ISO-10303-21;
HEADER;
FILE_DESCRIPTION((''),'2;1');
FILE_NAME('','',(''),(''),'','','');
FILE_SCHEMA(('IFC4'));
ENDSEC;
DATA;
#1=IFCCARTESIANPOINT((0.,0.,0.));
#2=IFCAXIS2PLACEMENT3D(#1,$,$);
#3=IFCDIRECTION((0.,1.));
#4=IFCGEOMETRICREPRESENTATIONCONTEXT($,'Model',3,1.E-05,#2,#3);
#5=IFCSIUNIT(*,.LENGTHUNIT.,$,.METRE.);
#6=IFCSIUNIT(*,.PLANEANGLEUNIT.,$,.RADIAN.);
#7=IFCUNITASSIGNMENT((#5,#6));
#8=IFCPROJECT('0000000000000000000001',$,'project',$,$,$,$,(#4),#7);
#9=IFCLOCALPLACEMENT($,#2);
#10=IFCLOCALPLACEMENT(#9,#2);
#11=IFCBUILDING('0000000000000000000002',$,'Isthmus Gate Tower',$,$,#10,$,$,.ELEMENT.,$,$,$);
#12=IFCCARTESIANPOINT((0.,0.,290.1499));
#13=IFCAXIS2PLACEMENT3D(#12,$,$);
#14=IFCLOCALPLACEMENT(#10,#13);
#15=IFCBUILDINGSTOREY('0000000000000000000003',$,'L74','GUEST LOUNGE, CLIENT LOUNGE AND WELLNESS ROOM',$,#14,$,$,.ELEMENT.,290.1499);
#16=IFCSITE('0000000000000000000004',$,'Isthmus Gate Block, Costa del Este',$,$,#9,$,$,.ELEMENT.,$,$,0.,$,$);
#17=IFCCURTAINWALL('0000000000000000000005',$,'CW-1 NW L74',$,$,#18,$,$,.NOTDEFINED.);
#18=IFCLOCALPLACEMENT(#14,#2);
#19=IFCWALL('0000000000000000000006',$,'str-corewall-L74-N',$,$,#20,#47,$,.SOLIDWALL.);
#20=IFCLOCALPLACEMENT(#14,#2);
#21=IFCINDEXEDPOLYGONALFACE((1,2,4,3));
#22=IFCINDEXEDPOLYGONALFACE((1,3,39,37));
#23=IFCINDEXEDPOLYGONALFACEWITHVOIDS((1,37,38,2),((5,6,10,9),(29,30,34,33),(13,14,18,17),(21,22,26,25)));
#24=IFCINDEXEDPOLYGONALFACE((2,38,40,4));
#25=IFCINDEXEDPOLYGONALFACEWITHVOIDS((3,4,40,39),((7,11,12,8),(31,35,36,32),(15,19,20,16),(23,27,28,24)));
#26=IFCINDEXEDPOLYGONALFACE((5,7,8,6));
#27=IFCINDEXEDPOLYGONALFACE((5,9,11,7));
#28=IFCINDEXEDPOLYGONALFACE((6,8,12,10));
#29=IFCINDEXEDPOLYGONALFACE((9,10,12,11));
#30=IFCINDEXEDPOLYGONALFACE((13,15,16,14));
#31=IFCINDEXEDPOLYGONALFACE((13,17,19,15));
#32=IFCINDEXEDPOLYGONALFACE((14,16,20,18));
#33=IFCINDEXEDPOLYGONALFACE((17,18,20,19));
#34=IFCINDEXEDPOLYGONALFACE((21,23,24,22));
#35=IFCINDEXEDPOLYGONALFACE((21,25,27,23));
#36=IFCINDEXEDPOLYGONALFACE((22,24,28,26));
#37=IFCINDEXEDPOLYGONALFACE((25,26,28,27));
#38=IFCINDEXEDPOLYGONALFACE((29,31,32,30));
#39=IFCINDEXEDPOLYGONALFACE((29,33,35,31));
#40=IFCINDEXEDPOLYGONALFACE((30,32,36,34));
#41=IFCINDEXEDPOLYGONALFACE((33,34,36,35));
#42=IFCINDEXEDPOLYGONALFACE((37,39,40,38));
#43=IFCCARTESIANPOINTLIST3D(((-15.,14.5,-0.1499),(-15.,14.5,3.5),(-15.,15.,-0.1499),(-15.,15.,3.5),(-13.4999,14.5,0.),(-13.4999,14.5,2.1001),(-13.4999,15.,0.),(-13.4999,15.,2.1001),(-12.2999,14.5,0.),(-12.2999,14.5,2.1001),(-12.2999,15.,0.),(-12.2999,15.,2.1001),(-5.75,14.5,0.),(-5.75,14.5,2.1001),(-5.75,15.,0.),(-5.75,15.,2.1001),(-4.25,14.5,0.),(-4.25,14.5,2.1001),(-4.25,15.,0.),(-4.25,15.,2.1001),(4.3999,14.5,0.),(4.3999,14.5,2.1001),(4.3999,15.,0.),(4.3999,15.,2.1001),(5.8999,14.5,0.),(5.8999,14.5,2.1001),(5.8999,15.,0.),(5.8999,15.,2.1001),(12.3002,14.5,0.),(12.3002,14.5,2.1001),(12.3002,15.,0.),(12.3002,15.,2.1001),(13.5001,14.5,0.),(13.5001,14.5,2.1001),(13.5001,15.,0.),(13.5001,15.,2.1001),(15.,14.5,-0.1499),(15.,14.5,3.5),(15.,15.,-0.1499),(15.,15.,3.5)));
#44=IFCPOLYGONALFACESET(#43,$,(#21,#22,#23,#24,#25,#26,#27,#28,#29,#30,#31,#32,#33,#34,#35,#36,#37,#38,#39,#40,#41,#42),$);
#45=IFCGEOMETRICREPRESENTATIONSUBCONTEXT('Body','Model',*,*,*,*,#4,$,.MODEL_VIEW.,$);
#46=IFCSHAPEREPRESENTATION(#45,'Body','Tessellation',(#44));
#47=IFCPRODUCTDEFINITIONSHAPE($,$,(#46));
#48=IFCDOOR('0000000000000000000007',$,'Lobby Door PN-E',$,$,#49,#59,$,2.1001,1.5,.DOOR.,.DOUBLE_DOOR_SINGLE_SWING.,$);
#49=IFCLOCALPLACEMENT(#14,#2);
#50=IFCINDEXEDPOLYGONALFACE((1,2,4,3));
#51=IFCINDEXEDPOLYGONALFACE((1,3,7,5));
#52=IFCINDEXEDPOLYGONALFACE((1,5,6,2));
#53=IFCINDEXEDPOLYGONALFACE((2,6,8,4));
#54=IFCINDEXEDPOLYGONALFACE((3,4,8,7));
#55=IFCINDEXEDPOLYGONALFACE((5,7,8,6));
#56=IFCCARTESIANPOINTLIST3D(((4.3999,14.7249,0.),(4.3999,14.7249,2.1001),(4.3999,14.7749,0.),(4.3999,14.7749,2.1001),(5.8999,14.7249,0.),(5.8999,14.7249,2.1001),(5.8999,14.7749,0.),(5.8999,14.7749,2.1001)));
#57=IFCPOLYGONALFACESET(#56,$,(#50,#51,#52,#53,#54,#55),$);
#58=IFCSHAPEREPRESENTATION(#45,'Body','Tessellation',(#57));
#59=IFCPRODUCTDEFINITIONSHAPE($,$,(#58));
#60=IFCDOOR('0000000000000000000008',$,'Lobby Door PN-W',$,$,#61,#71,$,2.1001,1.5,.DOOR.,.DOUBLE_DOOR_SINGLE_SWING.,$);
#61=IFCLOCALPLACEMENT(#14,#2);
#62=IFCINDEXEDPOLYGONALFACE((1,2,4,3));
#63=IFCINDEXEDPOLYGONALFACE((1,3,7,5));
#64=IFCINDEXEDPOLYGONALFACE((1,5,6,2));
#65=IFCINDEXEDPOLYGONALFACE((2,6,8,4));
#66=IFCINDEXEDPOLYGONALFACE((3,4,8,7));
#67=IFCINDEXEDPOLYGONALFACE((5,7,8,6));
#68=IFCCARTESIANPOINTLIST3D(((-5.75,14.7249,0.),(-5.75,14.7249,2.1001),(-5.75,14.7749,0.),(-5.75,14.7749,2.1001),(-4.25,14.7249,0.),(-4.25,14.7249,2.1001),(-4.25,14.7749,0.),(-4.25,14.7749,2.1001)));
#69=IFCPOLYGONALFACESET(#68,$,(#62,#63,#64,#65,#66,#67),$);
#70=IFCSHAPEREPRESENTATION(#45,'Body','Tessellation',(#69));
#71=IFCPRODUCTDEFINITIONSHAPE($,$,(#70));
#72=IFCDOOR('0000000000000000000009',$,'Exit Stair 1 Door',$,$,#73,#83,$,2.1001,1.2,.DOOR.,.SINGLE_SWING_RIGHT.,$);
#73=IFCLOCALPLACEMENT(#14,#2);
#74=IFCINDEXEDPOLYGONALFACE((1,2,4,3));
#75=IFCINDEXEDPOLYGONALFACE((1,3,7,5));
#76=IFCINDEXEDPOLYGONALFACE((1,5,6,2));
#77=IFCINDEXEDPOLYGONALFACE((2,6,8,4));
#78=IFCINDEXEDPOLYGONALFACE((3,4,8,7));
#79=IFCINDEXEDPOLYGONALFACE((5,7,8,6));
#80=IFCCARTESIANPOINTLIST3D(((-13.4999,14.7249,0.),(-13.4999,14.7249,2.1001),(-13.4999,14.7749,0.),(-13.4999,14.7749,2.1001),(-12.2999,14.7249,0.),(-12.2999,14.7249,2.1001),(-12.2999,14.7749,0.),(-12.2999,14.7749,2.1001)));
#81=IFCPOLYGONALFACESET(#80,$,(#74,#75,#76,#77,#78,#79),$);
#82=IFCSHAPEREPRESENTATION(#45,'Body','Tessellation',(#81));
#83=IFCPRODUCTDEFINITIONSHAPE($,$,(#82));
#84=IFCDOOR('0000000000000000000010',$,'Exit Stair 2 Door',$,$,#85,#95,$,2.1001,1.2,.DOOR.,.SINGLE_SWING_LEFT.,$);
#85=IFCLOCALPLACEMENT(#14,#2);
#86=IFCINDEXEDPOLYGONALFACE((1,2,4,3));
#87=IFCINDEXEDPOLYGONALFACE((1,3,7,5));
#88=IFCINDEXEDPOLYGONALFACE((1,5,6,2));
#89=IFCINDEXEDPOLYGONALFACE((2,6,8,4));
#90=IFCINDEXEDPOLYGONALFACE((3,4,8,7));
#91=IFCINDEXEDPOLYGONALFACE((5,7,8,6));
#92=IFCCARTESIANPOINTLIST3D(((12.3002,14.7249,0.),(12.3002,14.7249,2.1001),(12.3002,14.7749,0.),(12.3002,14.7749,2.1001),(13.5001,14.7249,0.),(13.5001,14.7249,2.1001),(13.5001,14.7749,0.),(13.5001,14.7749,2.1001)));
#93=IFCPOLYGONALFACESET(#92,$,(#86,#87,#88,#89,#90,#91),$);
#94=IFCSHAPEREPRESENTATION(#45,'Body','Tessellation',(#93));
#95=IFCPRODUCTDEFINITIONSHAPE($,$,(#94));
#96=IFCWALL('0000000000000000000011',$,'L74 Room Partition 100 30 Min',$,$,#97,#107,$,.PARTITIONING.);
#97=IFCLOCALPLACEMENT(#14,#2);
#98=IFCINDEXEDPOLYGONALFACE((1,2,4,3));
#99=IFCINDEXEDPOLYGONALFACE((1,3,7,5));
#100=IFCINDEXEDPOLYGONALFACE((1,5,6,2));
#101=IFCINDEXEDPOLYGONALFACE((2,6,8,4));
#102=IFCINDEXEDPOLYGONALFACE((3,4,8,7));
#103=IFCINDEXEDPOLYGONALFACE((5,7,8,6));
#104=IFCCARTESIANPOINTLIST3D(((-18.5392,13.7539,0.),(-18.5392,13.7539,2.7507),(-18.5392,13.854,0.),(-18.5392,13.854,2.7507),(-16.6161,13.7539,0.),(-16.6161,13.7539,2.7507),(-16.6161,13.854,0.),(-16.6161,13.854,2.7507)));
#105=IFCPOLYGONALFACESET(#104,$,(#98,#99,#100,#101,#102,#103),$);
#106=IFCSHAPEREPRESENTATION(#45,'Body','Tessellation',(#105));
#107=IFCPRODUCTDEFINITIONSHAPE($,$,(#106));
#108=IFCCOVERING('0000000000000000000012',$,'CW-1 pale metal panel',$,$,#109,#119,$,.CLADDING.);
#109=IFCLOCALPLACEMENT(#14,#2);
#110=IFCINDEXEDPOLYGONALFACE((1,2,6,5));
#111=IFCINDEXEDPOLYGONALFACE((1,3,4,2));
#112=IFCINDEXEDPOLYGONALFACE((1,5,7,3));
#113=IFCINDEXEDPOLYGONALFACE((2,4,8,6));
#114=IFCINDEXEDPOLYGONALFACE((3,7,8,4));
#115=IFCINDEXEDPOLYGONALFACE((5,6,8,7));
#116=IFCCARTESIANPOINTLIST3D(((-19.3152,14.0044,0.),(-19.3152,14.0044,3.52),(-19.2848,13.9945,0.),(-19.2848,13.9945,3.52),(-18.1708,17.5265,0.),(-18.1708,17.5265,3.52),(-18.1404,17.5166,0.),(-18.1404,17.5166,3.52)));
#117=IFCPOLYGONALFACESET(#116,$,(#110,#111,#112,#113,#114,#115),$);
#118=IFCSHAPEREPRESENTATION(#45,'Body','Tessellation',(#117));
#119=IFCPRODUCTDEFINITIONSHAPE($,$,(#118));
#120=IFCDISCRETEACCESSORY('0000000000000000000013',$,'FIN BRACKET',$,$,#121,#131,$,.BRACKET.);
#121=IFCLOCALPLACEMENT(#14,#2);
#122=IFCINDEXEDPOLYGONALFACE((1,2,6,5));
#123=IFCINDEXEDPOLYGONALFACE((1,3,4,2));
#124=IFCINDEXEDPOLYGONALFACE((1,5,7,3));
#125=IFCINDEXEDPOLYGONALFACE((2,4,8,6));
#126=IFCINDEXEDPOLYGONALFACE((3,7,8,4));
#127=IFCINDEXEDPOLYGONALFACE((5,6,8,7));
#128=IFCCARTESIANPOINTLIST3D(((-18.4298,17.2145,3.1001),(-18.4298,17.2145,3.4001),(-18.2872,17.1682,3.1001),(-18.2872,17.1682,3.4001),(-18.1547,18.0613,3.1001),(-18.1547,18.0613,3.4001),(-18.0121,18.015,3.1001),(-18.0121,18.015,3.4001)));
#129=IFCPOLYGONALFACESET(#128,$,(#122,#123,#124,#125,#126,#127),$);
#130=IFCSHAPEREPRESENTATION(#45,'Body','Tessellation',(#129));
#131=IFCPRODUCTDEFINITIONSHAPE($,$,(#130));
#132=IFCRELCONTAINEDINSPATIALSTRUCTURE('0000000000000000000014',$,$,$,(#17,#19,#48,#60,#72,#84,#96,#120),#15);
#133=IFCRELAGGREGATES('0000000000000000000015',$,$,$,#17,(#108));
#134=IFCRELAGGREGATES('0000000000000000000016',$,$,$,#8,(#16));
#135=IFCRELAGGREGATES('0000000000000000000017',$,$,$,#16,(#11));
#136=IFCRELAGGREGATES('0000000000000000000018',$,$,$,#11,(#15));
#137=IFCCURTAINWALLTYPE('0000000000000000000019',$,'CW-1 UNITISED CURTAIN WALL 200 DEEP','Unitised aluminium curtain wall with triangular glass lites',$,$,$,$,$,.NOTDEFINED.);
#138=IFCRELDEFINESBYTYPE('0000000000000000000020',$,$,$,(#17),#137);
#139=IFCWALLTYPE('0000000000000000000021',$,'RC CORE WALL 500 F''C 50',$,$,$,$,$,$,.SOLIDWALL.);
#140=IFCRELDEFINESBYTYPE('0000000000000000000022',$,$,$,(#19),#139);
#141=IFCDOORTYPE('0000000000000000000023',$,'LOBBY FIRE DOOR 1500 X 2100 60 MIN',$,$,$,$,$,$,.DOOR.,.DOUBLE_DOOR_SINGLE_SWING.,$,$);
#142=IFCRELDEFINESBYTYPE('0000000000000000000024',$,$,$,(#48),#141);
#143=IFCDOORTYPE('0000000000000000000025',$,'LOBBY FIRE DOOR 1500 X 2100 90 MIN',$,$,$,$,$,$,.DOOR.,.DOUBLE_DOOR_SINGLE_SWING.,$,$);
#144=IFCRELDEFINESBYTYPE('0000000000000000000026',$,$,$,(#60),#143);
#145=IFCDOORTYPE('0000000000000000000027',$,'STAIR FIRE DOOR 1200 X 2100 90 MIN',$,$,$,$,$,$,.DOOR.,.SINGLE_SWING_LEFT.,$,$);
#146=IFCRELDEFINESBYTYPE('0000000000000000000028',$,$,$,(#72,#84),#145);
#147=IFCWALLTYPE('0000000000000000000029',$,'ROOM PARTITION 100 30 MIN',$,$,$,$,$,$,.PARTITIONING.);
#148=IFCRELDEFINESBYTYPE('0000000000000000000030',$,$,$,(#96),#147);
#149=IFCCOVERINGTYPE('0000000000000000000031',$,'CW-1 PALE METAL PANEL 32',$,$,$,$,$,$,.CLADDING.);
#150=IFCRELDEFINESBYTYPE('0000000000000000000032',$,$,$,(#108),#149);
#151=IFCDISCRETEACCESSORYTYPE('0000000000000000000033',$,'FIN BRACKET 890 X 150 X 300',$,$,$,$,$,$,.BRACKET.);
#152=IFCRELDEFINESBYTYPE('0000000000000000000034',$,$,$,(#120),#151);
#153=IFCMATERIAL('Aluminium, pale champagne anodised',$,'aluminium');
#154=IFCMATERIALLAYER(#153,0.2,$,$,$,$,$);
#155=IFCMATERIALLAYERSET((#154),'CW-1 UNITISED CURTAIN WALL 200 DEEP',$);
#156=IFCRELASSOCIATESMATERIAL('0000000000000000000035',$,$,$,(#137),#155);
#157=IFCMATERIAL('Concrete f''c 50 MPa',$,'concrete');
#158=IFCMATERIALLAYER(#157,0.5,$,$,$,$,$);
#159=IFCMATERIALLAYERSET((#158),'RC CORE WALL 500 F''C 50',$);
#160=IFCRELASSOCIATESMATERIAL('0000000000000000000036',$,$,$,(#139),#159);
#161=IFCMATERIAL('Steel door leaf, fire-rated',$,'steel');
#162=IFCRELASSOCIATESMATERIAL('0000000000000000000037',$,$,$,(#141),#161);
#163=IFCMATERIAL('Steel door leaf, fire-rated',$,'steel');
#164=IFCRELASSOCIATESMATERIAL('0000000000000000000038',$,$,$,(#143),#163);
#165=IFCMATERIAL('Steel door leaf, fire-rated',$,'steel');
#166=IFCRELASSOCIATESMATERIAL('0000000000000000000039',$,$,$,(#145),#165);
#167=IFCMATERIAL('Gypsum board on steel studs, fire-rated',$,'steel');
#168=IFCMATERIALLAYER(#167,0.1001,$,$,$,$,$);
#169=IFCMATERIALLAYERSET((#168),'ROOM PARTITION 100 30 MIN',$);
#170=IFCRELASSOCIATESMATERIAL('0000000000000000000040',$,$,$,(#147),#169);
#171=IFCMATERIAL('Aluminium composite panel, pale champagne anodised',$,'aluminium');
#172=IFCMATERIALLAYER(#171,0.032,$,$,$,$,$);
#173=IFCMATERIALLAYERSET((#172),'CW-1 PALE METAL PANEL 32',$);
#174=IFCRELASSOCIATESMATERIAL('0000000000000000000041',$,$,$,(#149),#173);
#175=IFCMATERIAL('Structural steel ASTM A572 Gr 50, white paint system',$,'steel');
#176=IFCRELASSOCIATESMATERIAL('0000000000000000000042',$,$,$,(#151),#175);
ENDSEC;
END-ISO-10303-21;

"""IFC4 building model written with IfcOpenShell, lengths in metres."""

from ifc_helpers import new_model, si_unit, direction, frame, frame_2d, origin, origin_2d, place, context, subcontext, project, spatial, rectangle, extrude, material, layer, layer_set, type_object, element, fill, aggregate, save


model = new_model("IFC4")

# Units and contexts
model_context = context("Model", 3, precision=1e-05, world=origin(), true_north=direction((0.0, 1.0)))
body_context = subcontext(model_context, "Body", "Model", "MODEL_VIEW")
ifc_project = project(units=[si_unit("LENGTHUNIT", "METRE"), si_unit("PLANEANGLEUNIT", "RADIAN")], contexts=[model_context])

# Site, building, storey
site_placement = place(None, origin())
site = spatial("IfcSite", under=ifc_project, at=site_placement, Name="Isthmus Gate Block, Costa del Este", CompositionType="ELEMENT", RefElevation=0.0)
building_placement = place(site_placement, origin())
building = spatial("IfcBuilding", under=site, at=building_placement, Name="Isthmus Gate Tower", CompositionType="ELEMENT")
storey_placement = place(building_placement, frame((0.0, 0.0, 290.1499)))
storey = spatial("IfcBuildingStorey", under=building, at=storey_placement, Name="L74", Description="GUEST LOUNGE, CLIENT LOUNGE AND WELLNESS ROOM", CompositionType="ELEMENT", Elevation=290.1499)

# Shared definitions
ifc_material_1 = material(Name="Aluminium, pale champagne anodised", Category="aluminium")
ifc_layer_1 = layer(ifc_material_1, 0.2)
ifc_layer_set_1 = layer_set([ifc_layer_1], Name="CW-1 UNITISED CURTAIN WALL 200 DEEP")
curtain_wall_type = type_object("IfcCurtainWallType", Name="CW-1 UNITISED CURTAIN WALL 200 DEEP", Description="Unitised aluminium curtain wall with triangular glass lites", PredefinedType="NOTDEFINED", material=ifc_layer_set_1)

# Curtain wall
curtain_wall_1_placement = place(storey_placement, origin())
curtain_wall_1 = element("IfcCurtainWall", 1, at=curtain_wall_1_placement, inside=storey, type_object=curtain_wall_type, Name="CW-1 NW L74", PredefinedType="NOTDEFINED")

# Wall, openings, doors
ifc_material_2 = material(Name="Concrete f'c 50 MPa", Category="concrete")
ifc_layer_2 = layer(ifc_material_2, 0.5)
ifc_layer_set_2 = layer_set([ifc_layer_2], Name="RC CORE WALL 500 F'C 50")
wall_type_1 = type_object("IfcWallType", Name="RC CORE WALL 500 F'C 50", PredefinedType="SOLIDWALL", material=ifc_layer_set_2)
wall_1_placement = place(storey_placement, frame((-15.0, 14.75, -0.1499), z_axis=(0.0, 0.0, 1.0), x_axis=(1.0, 0.0, 0.0)))
wall_1 = element("IfcWall", 2, at=wall_1_placement, inside=storey, type_object=wall_type_1, Name="str-corewall-L74-N", PredefinedType="SOLIDWALL", context=body_context, shape_type="SweptSolid", body=[
    extrude(rectangle(XDim=30.0, YDim=0.5, at=frame_2d((15.0, 0.0))), origin(), (0.0, 0.0, 1.0), 3.6499),
])
opening_1_placement = place(wall_1_placement, frame((9.25, 0.0, 0.1499)))
opening_1 = element("IfcOpeningElement", 3, at=opening_1_placement, cuts=wall_1, PredefinedType="OPENING", context=body_context, shape_type="SweptSolid", body=[
    extrude(rectangle(XDim=1.5, YDim=2.1001, at=frame_2d((0.75, 1.05))), frame((0.0, 0.26, 0.0), z_axis=(0.0, -1.0, 0.0), x_axis=(1.0, 0.0, 0.0)), (0.0, 0.0, 1.0), 0.52),
])
opening_2_placement = place(wall_1_placement, frame((19.3999, 0.0, 0.1499)))
opening_2 = element("IfcOpeningElement", 4, at=opening_2_placement, cuts=wall_1, PredefinedType="OPENING", context=body_context, shape_type="SweptSolid", body=[
    extrude(rectangle(XDim=1.5, YDim=2.1001, at=frame_2d((0.75, 1.05))), frame((0.0, 0.26, 0.0), z_axis=(0.0, -1.0, 0.0), x_axis=(1.0, 0.0, 0.0)), (0.0, 0.0, 1.0), 0.52),
])
opening_3_placement = place(wall_1_placement, frame((1.5, 0.0, 0.1499)))
opening_3 = element("IfcOpeningElement", 5, at=opening_3_placement, cuts=wall_1, PredefinedType="OPENING", context=body_context, shape_type="SweptSolid", body=[
    extrude(rectangle(XDim=1.2, YDim=2.1001, at=frame_2d((0.6001, 1.05))), frame((0.0, 0.26, 0.0), z_axis=(0.0, -1.0, 0.0), x_axis=(1.0, 0.0, 0.0)), (0.0, 0.0, 1.0), 0.52),
])
opening_4_placement = place(wall_1_placement, frame((27.3, 0.0, 0.1499)))
opening_4 = element("IfcOpeningElement", 6, at=opening_4_placement, cuts=wall_1, PredefinedType="OPENING", context=body_context, shape_type="SweptSolid", body=[
    extrude(rectangle(XDim=1.2, YDim=2.1001, at=frame_2d((0.6001, 1.05))), frame((0.0, 0.26, 0.0), z_axis=(0.0, -1.0, 0.0), x_axis=(1.0, 0.0, 0.0)), (0.0, 0.0, 1.0), 0.52),
])
ifc_material_3 = material(Name="Steel door leaf, fire-rated", Category="steel")
door_type_1 = type_object("IfcDoorType", Name="LOBBY FIRE DOOR 1500 X 2100 60 MIN", OperationType="DOUBLE_DOOR_SINGLE_SWING", PredefinedType="DOOR", material=ifc_material_3)
door_1_placement = place(opening_2_placement, origin())
door_1 = element("IfcDoor", 7, at=door_1_placement, inside=storey, type_object=door_type_1, Name="Lobby Door PN-E", OperationType="DOUBLE_DOOR_SINGLE_SWING", OverallHeight=2.1001, OverallWidth=1.5, PredefinedType="DOOR", context=body_context, shape_type="SweptSolid", body=[
    extrude(rectangle(XDim=1.5, YDim=2.1001, at=frame_2d((0.75, 1.05))), frame((0.0, 0.0249, 0.0), z_axis=(0.0, -1.0, 0.0), x_axis=(1.0, 0.0, 0.0)), (0.0, 0.0, 1.0), 0.05),
])
fill(opening_2, door_1)
ifc_material_4 = material(Name="Steel door leaf, fire-rated", Category="steel")
door_type_2 = type_object("IfcDoorType", Name="LOBBY FIRE DOOR 1500 X 2100 90 MIN", OperationType="DOUBLE_DOOR_SINGLE_SWING", PredefinedType="DOOR", material=ifc_material_4)
door_2_placement = place(opening_1_placement, origin())
door_2 = element("IfcDoor", 8, at=door_2_placement, inside=storey, type_object=door_type_2, Name="Lobby Door PN-W", OperationType="DOUBLE_DOOR_SINGLE_SWING", OverallHeight=2.1001, OverallWidth=1.5, PredefinedType="DOOR", context=body_context, shape_type="SweptSolid", body=[
    extrude(rectangle(XDim=1.5, YDim=2.1001, at=frame_2d((0.75, 1.05))), frame((0.0, 0.0249, 0.0), z_axis=(0.0, -1.0, 0.0), x_axis=(1.0, 0.0, 0.0)), (0.0, 0.0, 1.0), 0.05),
])
fill(opening_1, door_2)
ifc_material_5 = material(Name="Steel door leaf, fire-rated", Category="steel")
door_type_3 = type_object("IfcDoorType", Name="STAIR FIRE DOOR 1200 X 2100 90 MIN", OperationType="SINGLE_SWING_LEFT", PredefinedType="DOOR", material=ifc_material_5)
door_3_placement = place(opening_3_placement, origin())
door_3 = element("IfcDoor", 9, at=door_3_placement, inside=storey, type_object=door_type_3, Name="Exit Stair 1 Door", OperationType="SINGLE_SWING_RIGHT", OverallHeight=2.1001, OverallWidth=1.2, PredefinedType="DOOR", context=body_context, shape_type="SweptSolid", body=[
    extrude(rectangle(XDim=1.2, YDim=2.1001, at=frame_2d((0.6001, 1.05))), frame((0.0, 0.0249, 0.0), z_axis=(0.0, -1.0, 0.0), x_axis=(1.0, 0.0, 0.0)), (0.0, 0.0, 1.0), 0.05),
])
fill(opening_3, door_3)
door_4_placement = place(opening_4_placement, origin())
door_4 = element("IfcDoor", 10, at=door_4_placement, inside=storey, type_object=door_type_3, Name="Exit Stair 2 Door", OperationType="SINGLE_SWING_LEFT", OverallHeight=2.1001, OverallWidth=1.2, PredefinedType="DOOR", context=body_context, shape_type="SweptSolid", body=[
    extrude(rectangle(XDim=1.2, YDim=2.1001, at=frame_2d((0.6001, 1.05))), frame((0.0, 0.0249, 0.0), z_axis=(0.0, -1.0, 0.0), x_axis=(1.0, 0.0, 0.0)), (0.0, 0.0, 1.0), 0.05),
])
fill(opening_4, door_4)

# Wall
ifc_material_6 = material(Name="Gypsum board on steel studs, fire-rated", Category="steel")
ifc_layer_3 = layer(ifc_material_6, 0.1001)
ifc_layer_set_3 = layer_set([ifc_layer_3], Name="ROOM PARTITION 100 30 MIN")
wall_type_2 = type_object("IfcWallType", Name="ROOM PARTITION 100 30 MIN", PredefinedType="PARTITIONING", material=ifc_layer_set_3)
wall_2_placement = place(storey_placement, frame((-18.5391, 13.804, 0.0), z_axis=(0.0, 0.0, 1.0), x_axis=(1.0, 0.0, 0.0)))
element("IfcWall", 11, at=wall_2_placement, inside=storey, type_object=wall_type_2, Name="L74 Room Partition 100 30 Min", PredefinedType="PARTITIONING", context=body_context, shape_type="SweptSolid", body=[
    extrude(rectangle(XDim=1.9231, YDim=0.1001, at=frame_2d((0.9614, 0.0))), origin(), (0.0, 0.0, 1.0), 2.7507),
])

# Covering
ifc_material_7 = material(Name="Aluminium composite panel, pale champagne anodised", Category="aluminium")
ifc_layer_4 = layer(ifc_material_7, 0.032)
ifc_layer_set_4 = layer_set([ifc_layer_4], Name="CW-1 PALE METAL PANEL 32")
covering_type = type_object("IfcCoveringType", Name="CW-1 PALE METAL PANEL 32", PredefinedType="CLADDING", material=ifc_layer_set_4)
covering_placement = place(storey_placement, frame((-18.7278, 15.7605, 0.0), z_axis=(0.0, 0.0, 1.0), x_axis=(-0.309017, -0.951057, 0.0)))
covering = element("IfcCovering", 12, at=covering_placement, type_object=covering_type, Name="CW-1 pale metal panel", PredefinedType="CLADDING", context=body_context, shape_type="SweptSolid", body=[
    extrude(rectangle(XDim=3.7034, YDim=0.032, at=origin_2d()), origin(), (0.0, 0.0, 1.0), 3.52),
])
aggregate(curtain_wall_1, [covering])

# Discrete accessory
ifc_material_8 = material(Name="Structural steel ASTM A572 Gr 50, white paint system", Category="steel")
discrete_accessory_type = type_object("IfcDiscreteAccessoryType", Name="FIN BRACKET 890 X 150 X 300", PredefinedType="BRACKET", material=ifc_material_8)
discrete_accessory_placement = place(storey_placement, frame((-18.2209, 17.6147, 3.1001), z_axis=(0.0, 0.0, 1.0), x_axis=(-0.951057, 0.309017, 0.0)))
element("IfcDiscreteAccessory", 13, at=discrete_accessory_placement, inside=storey, type_object=discrete_accessory_type, Name="FIN BRACKET", PredefinedType="BRACKET", context=body_context, shape_type="SweptSolid", body=[
    extrude(rectangle(XDim=0.1499, YDim=0.8904, at=origin_2d()), origin(), (0.0, 0.0, 1.0), 0.3),
])

save(model, "model.ifc")
